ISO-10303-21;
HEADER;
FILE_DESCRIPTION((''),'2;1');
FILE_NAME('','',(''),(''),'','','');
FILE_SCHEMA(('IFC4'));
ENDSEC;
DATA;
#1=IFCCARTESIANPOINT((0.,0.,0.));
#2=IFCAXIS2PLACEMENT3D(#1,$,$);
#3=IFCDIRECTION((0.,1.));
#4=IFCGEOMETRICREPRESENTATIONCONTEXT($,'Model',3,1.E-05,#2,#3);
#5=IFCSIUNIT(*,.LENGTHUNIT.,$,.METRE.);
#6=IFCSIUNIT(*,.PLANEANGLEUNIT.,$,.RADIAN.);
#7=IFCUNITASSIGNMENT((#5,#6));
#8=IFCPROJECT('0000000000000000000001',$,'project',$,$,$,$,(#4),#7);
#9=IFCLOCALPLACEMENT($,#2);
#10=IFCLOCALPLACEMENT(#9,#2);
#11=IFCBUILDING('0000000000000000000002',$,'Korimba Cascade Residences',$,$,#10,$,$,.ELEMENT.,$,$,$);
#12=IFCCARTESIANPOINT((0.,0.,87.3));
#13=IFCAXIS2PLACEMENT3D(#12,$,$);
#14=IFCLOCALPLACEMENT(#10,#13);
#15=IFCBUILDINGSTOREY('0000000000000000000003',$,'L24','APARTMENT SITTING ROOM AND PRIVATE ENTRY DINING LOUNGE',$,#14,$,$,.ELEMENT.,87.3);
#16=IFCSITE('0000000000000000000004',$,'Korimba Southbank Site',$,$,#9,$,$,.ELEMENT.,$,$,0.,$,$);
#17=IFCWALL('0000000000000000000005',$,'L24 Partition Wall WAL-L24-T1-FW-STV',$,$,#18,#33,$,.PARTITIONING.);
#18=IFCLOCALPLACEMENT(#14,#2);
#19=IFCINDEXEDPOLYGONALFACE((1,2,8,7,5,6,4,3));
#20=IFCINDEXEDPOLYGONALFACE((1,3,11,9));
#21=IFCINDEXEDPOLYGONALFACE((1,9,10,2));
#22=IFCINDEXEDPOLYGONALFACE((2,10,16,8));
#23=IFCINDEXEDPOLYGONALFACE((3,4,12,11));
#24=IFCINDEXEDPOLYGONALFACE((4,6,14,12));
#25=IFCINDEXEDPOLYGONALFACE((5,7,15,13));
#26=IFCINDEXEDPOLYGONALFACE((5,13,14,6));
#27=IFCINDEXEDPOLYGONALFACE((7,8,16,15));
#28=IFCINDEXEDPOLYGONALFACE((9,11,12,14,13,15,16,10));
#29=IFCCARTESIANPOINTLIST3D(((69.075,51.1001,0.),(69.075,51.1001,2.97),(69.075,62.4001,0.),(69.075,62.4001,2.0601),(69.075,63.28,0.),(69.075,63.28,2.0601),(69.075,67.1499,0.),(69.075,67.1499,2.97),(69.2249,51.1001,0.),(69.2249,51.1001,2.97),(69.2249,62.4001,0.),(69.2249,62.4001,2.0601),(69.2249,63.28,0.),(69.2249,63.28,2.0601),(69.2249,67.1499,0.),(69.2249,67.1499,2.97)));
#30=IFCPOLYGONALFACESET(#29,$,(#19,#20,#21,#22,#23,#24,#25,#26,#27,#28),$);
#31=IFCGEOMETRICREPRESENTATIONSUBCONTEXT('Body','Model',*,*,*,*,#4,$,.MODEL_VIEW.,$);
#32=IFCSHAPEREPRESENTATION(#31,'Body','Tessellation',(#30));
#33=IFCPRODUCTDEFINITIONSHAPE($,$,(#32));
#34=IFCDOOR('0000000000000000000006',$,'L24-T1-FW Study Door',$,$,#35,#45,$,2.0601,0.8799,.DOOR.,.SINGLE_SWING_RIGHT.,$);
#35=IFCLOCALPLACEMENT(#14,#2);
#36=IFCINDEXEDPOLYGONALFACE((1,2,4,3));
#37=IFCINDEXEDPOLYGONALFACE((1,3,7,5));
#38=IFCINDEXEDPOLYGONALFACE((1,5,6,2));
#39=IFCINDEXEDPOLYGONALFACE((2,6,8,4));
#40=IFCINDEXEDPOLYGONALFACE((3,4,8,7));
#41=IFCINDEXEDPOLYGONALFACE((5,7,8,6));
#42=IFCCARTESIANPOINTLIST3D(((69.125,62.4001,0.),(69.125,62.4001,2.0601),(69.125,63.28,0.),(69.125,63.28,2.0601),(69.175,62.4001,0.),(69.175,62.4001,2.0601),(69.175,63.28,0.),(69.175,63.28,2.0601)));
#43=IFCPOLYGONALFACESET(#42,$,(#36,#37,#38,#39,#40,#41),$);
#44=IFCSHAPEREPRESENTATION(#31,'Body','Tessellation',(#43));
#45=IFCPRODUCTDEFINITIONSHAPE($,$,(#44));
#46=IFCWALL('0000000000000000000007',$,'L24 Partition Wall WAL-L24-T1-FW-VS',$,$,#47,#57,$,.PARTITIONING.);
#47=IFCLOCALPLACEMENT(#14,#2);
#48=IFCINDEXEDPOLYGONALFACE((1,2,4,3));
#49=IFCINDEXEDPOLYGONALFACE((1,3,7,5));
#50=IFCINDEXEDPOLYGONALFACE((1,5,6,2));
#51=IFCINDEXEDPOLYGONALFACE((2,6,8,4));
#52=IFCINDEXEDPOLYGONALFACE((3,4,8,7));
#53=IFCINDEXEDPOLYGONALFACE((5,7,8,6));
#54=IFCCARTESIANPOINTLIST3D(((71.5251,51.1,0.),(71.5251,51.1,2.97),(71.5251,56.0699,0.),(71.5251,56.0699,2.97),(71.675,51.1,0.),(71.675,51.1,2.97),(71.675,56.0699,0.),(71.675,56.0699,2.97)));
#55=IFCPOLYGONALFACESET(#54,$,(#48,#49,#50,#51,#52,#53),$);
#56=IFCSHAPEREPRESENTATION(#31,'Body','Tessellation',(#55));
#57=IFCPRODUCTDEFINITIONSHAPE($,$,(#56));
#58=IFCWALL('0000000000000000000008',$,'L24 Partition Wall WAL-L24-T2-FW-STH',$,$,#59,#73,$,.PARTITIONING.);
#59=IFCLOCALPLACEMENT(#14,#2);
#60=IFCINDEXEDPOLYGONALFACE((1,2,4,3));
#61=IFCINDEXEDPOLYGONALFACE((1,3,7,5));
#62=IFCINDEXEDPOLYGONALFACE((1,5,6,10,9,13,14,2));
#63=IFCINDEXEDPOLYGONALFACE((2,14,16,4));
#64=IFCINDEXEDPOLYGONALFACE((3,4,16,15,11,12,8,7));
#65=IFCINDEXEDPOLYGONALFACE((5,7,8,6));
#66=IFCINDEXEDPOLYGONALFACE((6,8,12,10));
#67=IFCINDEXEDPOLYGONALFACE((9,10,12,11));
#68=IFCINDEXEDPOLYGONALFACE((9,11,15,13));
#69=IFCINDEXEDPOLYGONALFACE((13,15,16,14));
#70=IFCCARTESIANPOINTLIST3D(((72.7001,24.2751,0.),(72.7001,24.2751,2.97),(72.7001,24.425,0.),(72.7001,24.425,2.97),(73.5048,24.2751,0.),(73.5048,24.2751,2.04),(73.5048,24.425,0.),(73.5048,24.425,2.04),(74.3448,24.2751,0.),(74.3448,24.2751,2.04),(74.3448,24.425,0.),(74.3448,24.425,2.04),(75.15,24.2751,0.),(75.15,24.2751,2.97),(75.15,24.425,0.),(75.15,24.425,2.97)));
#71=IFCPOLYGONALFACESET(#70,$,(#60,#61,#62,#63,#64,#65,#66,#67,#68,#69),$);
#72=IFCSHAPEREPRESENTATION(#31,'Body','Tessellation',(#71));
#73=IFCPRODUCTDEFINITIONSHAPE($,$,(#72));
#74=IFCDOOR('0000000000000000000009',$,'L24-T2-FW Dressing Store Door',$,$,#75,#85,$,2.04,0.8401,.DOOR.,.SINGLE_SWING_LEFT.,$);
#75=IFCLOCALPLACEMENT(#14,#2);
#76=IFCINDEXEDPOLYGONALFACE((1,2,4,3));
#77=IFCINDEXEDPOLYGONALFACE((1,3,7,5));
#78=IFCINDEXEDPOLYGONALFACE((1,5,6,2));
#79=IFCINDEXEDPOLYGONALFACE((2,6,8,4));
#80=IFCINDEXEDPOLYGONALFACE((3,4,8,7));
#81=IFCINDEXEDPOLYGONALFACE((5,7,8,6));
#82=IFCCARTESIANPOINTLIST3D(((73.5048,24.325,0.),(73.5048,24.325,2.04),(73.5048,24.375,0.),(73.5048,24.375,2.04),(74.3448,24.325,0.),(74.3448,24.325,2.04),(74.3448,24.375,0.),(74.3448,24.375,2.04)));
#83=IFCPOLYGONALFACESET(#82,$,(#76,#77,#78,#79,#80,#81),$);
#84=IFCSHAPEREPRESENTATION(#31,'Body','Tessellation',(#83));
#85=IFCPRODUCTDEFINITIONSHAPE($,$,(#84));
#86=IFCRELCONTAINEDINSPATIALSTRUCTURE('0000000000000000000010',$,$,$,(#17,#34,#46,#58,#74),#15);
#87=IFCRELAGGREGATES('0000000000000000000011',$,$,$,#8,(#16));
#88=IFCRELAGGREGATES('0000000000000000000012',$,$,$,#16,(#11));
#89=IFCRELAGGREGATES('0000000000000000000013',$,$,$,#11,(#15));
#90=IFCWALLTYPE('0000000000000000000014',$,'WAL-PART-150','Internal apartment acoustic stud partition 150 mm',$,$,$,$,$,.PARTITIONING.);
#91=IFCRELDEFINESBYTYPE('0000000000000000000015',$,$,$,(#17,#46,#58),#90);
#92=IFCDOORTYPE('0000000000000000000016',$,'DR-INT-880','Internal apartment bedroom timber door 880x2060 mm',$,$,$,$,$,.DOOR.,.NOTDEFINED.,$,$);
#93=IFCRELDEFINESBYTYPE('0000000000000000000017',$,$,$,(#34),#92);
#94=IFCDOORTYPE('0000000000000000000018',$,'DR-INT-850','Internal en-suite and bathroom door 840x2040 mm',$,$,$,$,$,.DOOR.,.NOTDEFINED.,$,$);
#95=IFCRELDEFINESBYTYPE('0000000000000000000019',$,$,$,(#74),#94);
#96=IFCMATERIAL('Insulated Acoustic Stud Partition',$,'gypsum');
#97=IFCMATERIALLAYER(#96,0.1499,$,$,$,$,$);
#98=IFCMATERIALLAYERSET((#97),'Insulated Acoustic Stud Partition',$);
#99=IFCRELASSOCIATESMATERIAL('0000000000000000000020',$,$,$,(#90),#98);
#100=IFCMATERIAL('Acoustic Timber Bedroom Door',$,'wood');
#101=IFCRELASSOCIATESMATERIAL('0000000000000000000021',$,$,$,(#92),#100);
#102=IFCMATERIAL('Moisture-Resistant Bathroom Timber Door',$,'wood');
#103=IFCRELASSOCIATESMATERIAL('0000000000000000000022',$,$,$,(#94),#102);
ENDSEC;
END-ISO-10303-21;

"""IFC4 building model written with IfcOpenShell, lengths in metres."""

from ifc_helpers import new_model, si_unit, direction, frame, frame_2d, origin, place, context, subcontext, project, spatial, rectangle, extrude, material, layer, layer_set, type_object, element, fill, save


model = new_model("IFC4")

# Units and contexts
model_context = context("Model", 3, precision=1e-05, world=origin(), true_north=direction((0.0, 1.0)))
body_context = subcontext(model_context, "Body", "Model", "MODEL_VIEW")
ifc_project = project(units=[si_unit("LENGTHUNIT", "METRE"), si_unit("PLANEANGLEUNIT", "RADIAN")], contexts=[model_context])

# Site, building, storey
site_placement = place(None, origin())
site = spatial("IfcSite", under=ifc_project, at=site_placement, Name="Korimba Southbank Site", CompositionType="ELEMENT", RefElevation=0.0)
building_placement = place(site_placement, origin())
building = spatial("IfcBuilding", under=site, at=building_placement, Name="Korimba Cascade Residences", CompositionType="ELEMENT")
storey_placement = place(building_placement, frame((0.0, 0.0, 87.3)))
storey = spatial("IfcBuildingStorey", under=building, at=storey_placement, Name="L24", Description="APARTMENT SITTING ROOM AND PRIVATE ENTRY DINING LOUNGE", CompositionType="ELEMENT", Elevation=87.3)

# Wall, opening, door
ifc_material_1 = material(Name="Insulated Acoustic Stud Partition", Category="gypsum")
ifc_layer_1 = layer(ifc_material_1, 0.1499)
ifc_layer_set_1 = layer_set([ifc_layer_1], Name="Insulated Acoustic Stud Partition")
wall_type_1 = type_object("IfcWallType", Name="WAL-PART-150", Description="Internal apartment acoustic stud partition 150 mm", PredefinedType="PARTITIONING", material=ifc_layer_set_1)
wall_1_placement = place(storey_placement, frame((69.1499, 51.1001, 0.0), z_axis=(0.0, 0.0, 1.0), x_axis=(0.0, 1.0, 0.0)))
wall_1 = element("IfcWall", 1, at=wall_1_placement, inside=storey, type_object=wall_type_1, Name="L24 Partition Wall WAL-L24-T1-FW-STV", PredefinedType="PARTITIONING", context=body_context, shape_type="SweptSolid", body=[
    extrude(rectangle(XDim=16.0498, YDim=0.1499, at=frame_2d((8.0249, 0.0))), origin(), (0.0, 0.0, 1.0), 2.97),
])
opening_1_placement = place(wall_1_placement, frame((11.3, 0.0, 0.0)))
opening_1 = element("IfcOpeningElement", 2, at=opening_1_placement, cuts=wall_1, PredefinedType="OPENING", context=body_context, shape_type="SweptSolid", body=[
    extrude(rectangle(XDim=0.8799, YDim=2.0601, at=frame_2d((0.4399, 1.03))), frame((0.0, 0.085, 0.0), z_axis=(0.0, -1.0, 0.0), x_axis=(1.0, 0.0, 0.0)), (0.0, 0.0, 1.0), 0.1699),
])
ifc_material_2 = material(Name="Acoustic Timber Bedroom Door", Category="wood")
door_type_1 = type_object("IfcDoorType", Name="DR-INT-880", Description="Internal apartment bedroom timber door 880x2060 mm", OperationType="NOTDEFINED", PredefinedType="DOOR", material=ifc_material_2)
door_1_placement = place(opening_1_placement, origin())
door_1 = element("IfcDoor", 3, at=door_1_placement, inside=storey, type_object=door_type_1, Name="L24-T1-FW Study Door", OperationType="SINGLE_SWING_RIGHT", OverallHeight=2.0601, OverallWidth=0.8799, PredefinedType="DOOR", context=body_context, shape_type="SweptSolid", body=[
    extrude(rectangle(XDim=0.8799, YDim=2.0601, at=frame_2d((0.4399, 1.03))), frame((0.0, 0.0249, 0.0), z_axis=(0.0, -1.0, 0.0), x_axis=(1.0, 0.0, 0.0)), (0.0, 0.0, 1.0), 0.05),
])
fill(opening_1, door_1)

# Wall
wall_2_placement = place(storey_placement, frame((71.6001, 51.1001, 0.0), z_axis=(0.0, 0.0, 1.0), x_axis=(0.0, 1.0, 0.0)))
element("IfcWall", 4, at=wall_2_placement, inside=storey, type_object=wall_type_1, Name="L24 Partition Wall WAL-L24-T1-FW-VS", PredefinedType="PARTITIONING", context=body_context, shape_type="SweptSolid", body=[
    extrude(rectangle(XDim=4.97, YDim=0.1499, at=frame_2d((2.4849, 0.0))), origin(), (0.0, 0.0, 1.0), 2.97),
])

# Wall, opening, door
wall_3_placement = place(storey_placement, frame((72.7, 24.3501, 0.0), z_axis=(0.0, 0.0, 1.0), x_axis=(1.0, 0.0, 0.0)))
wall_3 = element("IfcWall", 5, at=wall_3_placement, inside=storey, type_object=wall_type_1, Name="L24 Partition Wall WAL-L24-T2-FW-STH", PredefinedType="PARTITIONING", context=body_context, shape_type="SweptSolid", body=[
    extrude(rectangle(XDim=2.45, YDim=0.1499, at=frame_2d((1.2251, 0.0))), origin(), (0.0, 0.0, 1.0), 2.97),
])
opening_2_placement = place(wall_3_placement, frame((0.8049, 0.0, 0.0)))
opening_2 = element("IfcOpeningElement", 6, at=opening_2_placement, cuts=wall_3, PredefinedType="OPENING", context=body_context, shape_type="SweptSolid", body=[
    extrude(rectangle(XDim=0.8401, YDim=2.04, at=frame_2d((0.4199, 1.02))), frame((0.0, 0.085, 0.0), z_axis=(0.0, -1.0, 0.0), x_axis=(1.0, 0.0, 0.0)), (0.0, 0.0, 1.0), 0.1699),
])
ifc_material_3 = material(Name="Moisture-Resistant Bathroom Timber Door", Category="wood")
door_type_2 = type_object("IfcDoorType", Name="DR-INT-850", Description="Internal en-suite and bathroom door 840x2040 mm", OperationType="NOTDEFINED", PredefinedType="DOOR", material=ifc_material_3)
door_2_placement = place(opening_2_placement, origin())
door_2 = element("IfcDoor", 7, at=door_2_placement, inside=storey, type_object=door_type_2, Name="L24-T2-FW Dressing Store Door", OperationType="SINGLE_SWING_LEFT", OverallHeight=2.04, OverallWidth=0.8401, PredefinedType="DOOR", context=body_context, shape_type="SweptSolid", body=[
    extrude(rectangle(XDim=0.8401, YDim=2.04, at=frame_2d((0.4199, 1.02))), frame((0.0, 0.0249, 0.0), z_axis=(0.0, -1.0, 0.0), x_axis=(1.0, 0.0, 0.0)), (0.0, 0.0, 1.0), 0.05),
])
fill(opening_2, door_2)

save(model, "model.ifc")
